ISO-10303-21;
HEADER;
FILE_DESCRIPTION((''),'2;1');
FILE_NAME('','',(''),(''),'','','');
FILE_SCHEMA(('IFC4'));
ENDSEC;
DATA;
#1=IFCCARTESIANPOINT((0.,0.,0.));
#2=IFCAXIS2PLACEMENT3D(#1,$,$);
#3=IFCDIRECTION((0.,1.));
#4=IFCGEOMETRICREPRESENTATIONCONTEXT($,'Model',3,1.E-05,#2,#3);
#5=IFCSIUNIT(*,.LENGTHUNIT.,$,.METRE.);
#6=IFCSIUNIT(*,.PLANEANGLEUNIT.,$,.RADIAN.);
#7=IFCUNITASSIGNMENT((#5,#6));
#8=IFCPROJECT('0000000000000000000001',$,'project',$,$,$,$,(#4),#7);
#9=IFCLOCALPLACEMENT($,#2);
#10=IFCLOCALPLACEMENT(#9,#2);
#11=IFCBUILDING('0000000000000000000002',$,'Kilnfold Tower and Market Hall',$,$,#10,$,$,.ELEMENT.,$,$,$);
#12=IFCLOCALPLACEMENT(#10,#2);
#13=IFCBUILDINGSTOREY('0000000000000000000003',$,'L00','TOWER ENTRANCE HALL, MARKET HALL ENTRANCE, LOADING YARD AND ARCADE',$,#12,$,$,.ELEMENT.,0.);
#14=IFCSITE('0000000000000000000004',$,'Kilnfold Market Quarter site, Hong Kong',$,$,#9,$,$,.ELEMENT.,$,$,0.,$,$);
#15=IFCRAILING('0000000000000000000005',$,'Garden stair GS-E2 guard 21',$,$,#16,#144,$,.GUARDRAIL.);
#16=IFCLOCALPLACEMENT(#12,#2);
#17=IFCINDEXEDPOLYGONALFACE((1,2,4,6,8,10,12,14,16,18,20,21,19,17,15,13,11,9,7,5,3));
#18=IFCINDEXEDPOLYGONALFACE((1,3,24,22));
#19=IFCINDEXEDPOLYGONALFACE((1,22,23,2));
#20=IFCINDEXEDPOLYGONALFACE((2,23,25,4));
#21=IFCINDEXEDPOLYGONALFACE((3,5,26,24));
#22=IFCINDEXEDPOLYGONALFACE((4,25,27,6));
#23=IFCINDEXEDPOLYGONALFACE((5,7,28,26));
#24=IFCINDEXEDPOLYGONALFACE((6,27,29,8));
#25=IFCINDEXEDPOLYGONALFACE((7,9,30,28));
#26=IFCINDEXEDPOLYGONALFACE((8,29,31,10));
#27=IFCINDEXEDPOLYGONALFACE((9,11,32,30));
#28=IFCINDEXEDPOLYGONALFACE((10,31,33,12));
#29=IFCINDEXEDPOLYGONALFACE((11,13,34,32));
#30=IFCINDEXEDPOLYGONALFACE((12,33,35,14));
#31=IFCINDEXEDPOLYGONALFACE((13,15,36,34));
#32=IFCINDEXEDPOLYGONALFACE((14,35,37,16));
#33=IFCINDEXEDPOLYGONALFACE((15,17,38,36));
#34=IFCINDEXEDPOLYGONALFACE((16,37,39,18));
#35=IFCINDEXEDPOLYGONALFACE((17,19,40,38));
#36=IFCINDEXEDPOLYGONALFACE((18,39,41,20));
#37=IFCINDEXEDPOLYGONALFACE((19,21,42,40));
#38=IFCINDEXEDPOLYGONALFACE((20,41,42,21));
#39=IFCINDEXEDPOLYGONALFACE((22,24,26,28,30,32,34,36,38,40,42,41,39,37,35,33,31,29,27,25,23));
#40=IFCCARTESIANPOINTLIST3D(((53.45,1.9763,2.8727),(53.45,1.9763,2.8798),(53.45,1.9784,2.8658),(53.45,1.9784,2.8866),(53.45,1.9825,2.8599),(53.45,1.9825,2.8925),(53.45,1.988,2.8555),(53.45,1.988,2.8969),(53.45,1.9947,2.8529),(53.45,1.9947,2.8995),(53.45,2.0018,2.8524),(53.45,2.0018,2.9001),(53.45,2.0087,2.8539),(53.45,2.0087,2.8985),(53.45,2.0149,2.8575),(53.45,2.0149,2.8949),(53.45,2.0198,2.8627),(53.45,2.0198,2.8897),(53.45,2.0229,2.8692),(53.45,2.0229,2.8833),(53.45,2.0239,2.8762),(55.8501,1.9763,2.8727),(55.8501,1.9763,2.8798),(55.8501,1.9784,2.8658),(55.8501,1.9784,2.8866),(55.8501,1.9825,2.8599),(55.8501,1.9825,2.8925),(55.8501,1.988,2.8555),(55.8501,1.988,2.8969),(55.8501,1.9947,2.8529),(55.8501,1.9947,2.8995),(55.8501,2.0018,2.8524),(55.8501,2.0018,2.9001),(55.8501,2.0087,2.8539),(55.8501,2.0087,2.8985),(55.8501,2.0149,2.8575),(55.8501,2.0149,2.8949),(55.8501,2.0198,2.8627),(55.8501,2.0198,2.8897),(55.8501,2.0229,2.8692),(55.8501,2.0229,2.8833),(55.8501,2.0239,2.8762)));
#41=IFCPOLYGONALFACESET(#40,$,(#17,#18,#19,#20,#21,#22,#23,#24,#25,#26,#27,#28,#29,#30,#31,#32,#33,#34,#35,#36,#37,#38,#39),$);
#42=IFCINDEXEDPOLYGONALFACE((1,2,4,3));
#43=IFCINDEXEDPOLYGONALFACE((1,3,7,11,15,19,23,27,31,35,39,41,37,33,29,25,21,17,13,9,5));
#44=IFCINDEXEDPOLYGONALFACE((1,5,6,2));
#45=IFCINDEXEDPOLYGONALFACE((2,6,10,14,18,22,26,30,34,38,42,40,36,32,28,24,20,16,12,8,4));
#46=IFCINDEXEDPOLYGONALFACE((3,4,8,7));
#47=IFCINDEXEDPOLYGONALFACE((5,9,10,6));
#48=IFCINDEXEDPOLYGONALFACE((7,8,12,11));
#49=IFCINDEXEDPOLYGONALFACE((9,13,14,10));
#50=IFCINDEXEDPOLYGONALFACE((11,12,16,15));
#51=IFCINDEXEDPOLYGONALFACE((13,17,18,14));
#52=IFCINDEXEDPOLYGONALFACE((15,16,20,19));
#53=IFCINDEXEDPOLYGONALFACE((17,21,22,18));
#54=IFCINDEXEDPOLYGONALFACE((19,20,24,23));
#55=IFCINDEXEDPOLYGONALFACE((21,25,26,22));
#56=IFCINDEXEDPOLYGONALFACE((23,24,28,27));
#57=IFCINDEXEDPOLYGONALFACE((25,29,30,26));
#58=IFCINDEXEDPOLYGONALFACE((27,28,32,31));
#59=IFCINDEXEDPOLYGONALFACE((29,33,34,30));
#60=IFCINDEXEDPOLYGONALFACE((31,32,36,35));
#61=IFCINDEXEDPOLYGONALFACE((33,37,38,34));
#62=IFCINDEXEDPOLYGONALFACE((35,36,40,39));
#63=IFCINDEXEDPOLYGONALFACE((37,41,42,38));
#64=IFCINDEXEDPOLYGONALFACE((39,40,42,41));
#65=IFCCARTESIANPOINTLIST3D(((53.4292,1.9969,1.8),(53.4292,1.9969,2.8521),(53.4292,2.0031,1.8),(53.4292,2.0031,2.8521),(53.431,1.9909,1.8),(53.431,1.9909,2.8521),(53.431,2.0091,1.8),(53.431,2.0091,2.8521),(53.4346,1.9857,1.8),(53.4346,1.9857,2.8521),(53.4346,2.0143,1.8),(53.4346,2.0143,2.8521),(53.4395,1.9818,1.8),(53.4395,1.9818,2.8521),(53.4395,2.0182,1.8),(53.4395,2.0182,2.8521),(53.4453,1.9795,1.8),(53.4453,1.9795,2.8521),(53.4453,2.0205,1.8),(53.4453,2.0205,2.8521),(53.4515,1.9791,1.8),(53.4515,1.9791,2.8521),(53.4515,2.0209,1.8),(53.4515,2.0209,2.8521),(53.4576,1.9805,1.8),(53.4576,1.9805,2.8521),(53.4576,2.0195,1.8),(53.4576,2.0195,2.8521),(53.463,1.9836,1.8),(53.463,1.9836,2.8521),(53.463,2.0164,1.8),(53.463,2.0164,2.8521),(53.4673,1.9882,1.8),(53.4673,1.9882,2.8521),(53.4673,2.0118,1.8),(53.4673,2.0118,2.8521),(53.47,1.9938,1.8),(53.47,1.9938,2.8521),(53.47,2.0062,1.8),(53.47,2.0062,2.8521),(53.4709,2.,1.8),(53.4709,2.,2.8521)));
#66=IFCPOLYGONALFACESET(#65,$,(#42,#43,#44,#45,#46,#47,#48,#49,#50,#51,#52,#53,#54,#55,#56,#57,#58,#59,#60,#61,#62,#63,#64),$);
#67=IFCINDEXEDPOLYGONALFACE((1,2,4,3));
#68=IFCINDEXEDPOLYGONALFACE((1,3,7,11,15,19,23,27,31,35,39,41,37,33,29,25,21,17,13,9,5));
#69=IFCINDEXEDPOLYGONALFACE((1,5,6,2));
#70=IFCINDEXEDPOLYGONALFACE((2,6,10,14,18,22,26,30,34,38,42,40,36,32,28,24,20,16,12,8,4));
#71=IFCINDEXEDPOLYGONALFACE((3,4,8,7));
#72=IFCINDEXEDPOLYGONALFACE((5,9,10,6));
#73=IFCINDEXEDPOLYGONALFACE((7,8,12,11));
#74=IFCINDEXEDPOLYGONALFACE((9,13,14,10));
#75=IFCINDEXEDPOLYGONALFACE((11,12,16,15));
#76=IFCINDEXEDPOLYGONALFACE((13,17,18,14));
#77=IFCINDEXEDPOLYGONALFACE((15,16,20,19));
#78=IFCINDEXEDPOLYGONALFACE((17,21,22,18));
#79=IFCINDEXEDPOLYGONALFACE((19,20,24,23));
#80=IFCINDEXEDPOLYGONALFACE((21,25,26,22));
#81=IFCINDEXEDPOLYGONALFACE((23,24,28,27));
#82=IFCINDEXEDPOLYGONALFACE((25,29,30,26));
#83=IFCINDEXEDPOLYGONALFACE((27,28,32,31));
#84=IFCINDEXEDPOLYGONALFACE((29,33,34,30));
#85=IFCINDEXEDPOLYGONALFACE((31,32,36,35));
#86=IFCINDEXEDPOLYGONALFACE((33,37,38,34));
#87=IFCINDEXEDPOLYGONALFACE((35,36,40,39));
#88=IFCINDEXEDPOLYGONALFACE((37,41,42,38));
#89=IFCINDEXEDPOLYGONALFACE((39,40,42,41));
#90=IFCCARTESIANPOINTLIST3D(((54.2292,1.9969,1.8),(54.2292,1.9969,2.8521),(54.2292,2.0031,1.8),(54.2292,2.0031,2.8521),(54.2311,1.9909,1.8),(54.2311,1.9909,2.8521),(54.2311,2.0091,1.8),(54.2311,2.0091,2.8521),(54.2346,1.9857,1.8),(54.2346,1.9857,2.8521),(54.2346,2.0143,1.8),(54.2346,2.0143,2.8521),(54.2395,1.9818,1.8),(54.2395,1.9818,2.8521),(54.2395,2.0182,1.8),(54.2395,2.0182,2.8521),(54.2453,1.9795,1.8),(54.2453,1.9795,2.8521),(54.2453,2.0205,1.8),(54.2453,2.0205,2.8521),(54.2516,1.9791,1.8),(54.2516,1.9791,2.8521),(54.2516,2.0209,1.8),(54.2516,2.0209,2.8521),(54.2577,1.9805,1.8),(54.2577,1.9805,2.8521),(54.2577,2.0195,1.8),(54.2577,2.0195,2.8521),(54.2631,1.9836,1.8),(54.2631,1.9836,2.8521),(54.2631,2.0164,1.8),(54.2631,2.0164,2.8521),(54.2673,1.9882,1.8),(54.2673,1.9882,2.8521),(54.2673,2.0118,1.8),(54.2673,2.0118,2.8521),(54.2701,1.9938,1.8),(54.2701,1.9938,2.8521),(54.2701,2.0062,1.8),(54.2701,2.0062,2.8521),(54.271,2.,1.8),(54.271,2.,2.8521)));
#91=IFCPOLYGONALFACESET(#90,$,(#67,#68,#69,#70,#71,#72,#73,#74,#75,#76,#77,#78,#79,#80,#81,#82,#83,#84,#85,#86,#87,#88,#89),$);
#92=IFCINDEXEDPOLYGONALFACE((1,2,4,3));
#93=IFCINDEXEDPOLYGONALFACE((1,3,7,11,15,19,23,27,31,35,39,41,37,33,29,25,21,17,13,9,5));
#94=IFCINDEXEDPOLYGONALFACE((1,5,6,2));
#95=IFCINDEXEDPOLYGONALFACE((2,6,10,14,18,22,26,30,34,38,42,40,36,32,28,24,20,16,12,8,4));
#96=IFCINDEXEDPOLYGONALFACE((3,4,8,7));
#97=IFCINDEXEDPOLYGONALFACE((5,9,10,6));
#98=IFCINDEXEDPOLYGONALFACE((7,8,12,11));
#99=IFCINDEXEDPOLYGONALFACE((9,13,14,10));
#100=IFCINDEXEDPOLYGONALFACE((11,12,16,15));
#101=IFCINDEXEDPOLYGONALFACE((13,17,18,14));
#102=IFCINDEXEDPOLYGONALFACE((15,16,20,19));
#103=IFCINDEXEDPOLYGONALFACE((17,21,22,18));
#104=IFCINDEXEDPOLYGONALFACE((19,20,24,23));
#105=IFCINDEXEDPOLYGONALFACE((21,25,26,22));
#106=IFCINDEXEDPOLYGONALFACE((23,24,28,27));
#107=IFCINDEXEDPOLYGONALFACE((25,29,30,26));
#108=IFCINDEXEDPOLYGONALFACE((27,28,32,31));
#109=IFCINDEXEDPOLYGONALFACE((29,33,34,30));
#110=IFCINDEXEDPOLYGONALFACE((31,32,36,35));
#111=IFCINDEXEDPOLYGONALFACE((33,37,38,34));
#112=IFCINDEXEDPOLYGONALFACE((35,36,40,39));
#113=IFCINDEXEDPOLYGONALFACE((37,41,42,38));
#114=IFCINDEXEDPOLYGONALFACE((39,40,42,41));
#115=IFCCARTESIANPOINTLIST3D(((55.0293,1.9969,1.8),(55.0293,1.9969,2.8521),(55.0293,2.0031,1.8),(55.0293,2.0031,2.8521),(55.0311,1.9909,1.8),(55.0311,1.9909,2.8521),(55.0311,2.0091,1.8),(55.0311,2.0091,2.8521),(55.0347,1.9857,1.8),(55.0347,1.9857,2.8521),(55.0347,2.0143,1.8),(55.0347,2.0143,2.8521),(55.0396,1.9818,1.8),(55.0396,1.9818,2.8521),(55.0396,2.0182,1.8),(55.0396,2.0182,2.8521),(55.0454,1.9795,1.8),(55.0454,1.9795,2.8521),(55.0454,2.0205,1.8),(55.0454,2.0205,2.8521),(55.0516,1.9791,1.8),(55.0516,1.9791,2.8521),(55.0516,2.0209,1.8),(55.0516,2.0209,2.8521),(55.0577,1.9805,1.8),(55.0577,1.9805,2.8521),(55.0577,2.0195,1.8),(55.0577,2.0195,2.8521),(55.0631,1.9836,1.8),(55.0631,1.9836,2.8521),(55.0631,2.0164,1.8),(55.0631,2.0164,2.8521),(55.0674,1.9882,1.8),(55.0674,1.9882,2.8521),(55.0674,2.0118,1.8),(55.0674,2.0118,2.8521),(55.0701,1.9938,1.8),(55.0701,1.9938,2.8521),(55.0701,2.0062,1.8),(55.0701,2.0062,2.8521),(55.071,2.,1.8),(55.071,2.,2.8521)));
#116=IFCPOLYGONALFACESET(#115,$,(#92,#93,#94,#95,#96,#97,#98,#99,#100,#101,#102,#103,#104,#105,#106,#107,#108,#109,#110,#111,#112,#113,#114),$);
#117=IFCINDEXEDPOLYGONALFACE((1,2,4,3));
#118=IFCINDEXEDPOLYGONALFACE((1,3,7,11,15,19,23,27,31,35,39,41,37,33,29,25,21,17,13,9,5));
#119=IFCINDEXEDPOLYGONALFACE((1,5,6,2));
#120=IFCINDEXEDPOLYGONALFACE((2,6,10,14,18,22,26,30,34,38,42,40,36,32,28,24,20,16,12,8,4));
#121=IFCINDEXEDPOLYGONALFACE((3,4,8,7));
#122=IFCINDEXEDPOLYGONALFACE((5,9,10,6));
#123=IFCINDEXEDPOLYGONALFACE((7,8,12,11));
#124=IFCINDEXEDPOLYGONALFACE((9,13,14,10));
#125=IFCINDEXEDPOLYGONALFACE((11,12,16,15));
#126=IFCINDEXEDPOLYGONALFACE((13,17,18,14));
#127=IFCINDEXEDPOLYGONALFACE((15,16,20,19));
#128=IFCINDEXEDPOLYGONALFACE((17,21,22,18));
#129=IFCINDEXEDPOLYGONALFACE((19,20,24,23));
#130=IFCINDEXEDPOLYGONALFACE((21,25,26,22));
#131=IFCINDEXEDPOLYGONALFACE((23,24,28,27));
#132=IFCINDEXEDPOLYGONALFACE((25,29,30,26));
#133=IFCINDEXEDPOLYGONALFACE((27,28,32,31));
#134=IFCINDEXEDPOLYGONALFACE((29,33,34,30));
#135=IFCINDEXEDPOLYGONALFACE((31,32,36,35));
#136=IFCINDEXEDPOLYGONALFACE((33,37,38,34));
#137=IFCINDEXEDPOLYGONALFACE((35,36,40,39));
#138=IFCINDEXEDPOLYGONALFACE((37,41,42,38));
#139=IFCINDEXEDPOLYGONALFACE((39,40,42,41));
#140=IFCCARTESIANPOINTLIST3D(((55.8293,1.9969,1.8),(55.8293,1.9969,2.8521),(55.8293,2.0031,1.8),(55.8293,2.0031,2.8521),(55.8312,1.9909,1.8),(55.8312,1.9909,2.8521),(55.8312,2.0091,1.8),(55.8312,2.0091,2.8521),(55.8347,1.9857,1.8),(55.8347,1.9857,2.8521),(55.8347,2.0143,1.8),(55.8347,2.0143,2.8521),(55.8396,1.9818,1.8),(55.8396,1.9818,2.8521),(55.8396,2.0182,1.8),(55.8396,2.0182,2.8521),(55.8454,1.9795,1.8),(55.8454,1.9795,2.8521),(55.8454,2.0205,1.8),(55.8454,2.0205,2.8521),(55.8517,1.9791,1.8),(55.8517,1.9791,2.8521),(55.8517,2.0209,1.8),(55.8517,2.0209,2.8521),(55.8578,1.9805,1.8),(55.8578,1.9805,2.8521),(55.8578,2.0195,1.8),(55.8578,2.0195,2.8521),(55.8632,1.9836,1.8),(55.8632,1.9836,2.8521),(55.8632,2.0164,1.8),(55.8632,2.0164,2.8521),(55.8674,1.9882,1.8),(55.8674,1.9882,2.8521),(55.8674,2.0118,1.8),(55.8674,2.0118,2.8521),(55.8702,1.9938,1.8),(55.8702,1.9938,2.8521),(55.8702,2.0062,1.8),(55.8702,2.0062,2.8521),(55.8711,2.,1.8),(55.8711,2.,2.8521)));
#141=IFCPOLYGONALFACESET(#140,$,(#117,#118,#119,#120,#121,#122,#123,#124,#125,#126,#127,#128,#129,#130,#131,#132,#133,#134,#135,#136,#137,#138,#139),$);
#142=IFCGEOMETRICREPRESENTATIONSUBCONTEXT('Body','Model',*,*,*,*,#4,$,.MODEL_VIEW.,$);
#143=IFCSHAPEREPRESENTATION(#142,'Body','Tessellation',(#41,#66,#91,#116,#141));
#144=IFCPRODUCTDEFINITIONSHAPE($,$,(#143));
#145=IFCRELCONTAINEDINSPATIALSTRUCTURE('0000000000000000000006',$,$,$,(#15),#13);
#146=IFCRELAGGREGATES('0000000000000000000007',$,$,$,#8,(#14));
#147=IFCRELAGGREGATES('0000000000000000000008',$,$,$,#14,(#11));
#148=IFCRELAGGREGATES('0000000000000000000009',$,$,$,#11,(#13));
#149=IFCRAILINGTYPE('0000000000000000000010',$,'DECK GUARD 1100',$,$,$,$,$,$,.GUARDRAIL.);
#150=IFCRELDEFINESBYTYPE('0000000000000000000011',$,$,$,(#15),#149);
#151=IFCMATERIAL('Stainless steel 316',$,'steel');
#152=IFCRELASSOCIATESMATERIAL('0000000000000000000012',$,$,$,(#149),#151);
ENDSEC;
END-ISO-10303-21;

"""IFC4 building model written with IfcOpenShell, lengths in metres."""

from ifc_helpers import new_model, si_unit, direction, frame, origin, origin_2d, place, context, subcontext, project, spatial, circle, extrude, material, type_object, element, save


model = new_model("IFC4")

# Units and contexts
model_context = context("Model", 3, precision=1e-05, world=origin(), true_north=direction((0.0, 1.0)))
body_context = subcontext(model_context, "Body", "Model", "MODEL_VIEW")
ifc_project = project(units=[si_unit("LENGTHUNIT", "METRE"), si_unit("PLANEANGLEUNIT", "RADIAN")], contexts=[model_context])

# Site, building, storey
site_placement = place(None, origin())
site = spatial("IfcSite", under=ifc_project, at=site_placement, Name="Kilnfold Market Quarter site, Hong Kong", CompositionType="ELEMENT", RefElevation=0.0)
building_placement = place(site_placement, origin())
building = spatial("IfcBuilding", under=site, at=building_placement, Name="Kilnfold Tower and Market Hall", CompositionType="ELEMENT")
storey_placement = place(building_placement, origin())
storey = spatial("IfcBuildingStorey", under=building, at=storey_placement, Name="L00", Description="TOWER ENTRANCE HALL, MARKET HALL ENTRANCE, LOADING YARD AND ARCADE", CompositionType="ELEMENT", Elevation=0.0)

# Railing
ifc_material_1 = material(Name="Stainless steel 316", Category="steel")
railing_type_1 = type_object("IfcRailingType", Name="DECK GUARD 1100", PredefinedType="GUARDRAIL", material=ifc_material_1)
railing_1_placement = place(storey_placement, frame((53.45, 2.0, 1.8)))
element("IfcRailing", 1, at=railing_1_placement, inside=storey, type_object=railing_type_1, Name="Garden stair GS-E2 guard 21", PredefinedType="GUARDRAIL", context=body_context, shape_type="SweptSolid", body=[
    extrude(circle(Radius=0.0239, at=origin_2d()), frame((0.0, 0.0, 1.0762), z_axis=(1.0, 0.0, 0.0), x_axis=(0.0, 1.0, 0.0)), (0.0, 0.0, 1.0), 2.4001),
    extrude(circle(Radius=0.021, at=origin_2d()), origin(), (0.0, 0.0, 1.0), 1.052),
    extrude(circle(Radius=0.021, at=origin_2d()), frame((0.8, 0.0, 0.0)), (0.0, 0.0, 1.0), 1.052),
    extrude(circle(Radius=0.021, at=origin_2d()), frame((1.6001, 0.0, 0.0)), (0.0, 0.0, 1.0), 1.052),
    extrude(circle(Radius=0.021, at=origin_2d()), frame((2.4001, 0.0, 0.0)), (0.0, 0.0, 1.0), 1.052),
])

save(model, "model.ifc")
